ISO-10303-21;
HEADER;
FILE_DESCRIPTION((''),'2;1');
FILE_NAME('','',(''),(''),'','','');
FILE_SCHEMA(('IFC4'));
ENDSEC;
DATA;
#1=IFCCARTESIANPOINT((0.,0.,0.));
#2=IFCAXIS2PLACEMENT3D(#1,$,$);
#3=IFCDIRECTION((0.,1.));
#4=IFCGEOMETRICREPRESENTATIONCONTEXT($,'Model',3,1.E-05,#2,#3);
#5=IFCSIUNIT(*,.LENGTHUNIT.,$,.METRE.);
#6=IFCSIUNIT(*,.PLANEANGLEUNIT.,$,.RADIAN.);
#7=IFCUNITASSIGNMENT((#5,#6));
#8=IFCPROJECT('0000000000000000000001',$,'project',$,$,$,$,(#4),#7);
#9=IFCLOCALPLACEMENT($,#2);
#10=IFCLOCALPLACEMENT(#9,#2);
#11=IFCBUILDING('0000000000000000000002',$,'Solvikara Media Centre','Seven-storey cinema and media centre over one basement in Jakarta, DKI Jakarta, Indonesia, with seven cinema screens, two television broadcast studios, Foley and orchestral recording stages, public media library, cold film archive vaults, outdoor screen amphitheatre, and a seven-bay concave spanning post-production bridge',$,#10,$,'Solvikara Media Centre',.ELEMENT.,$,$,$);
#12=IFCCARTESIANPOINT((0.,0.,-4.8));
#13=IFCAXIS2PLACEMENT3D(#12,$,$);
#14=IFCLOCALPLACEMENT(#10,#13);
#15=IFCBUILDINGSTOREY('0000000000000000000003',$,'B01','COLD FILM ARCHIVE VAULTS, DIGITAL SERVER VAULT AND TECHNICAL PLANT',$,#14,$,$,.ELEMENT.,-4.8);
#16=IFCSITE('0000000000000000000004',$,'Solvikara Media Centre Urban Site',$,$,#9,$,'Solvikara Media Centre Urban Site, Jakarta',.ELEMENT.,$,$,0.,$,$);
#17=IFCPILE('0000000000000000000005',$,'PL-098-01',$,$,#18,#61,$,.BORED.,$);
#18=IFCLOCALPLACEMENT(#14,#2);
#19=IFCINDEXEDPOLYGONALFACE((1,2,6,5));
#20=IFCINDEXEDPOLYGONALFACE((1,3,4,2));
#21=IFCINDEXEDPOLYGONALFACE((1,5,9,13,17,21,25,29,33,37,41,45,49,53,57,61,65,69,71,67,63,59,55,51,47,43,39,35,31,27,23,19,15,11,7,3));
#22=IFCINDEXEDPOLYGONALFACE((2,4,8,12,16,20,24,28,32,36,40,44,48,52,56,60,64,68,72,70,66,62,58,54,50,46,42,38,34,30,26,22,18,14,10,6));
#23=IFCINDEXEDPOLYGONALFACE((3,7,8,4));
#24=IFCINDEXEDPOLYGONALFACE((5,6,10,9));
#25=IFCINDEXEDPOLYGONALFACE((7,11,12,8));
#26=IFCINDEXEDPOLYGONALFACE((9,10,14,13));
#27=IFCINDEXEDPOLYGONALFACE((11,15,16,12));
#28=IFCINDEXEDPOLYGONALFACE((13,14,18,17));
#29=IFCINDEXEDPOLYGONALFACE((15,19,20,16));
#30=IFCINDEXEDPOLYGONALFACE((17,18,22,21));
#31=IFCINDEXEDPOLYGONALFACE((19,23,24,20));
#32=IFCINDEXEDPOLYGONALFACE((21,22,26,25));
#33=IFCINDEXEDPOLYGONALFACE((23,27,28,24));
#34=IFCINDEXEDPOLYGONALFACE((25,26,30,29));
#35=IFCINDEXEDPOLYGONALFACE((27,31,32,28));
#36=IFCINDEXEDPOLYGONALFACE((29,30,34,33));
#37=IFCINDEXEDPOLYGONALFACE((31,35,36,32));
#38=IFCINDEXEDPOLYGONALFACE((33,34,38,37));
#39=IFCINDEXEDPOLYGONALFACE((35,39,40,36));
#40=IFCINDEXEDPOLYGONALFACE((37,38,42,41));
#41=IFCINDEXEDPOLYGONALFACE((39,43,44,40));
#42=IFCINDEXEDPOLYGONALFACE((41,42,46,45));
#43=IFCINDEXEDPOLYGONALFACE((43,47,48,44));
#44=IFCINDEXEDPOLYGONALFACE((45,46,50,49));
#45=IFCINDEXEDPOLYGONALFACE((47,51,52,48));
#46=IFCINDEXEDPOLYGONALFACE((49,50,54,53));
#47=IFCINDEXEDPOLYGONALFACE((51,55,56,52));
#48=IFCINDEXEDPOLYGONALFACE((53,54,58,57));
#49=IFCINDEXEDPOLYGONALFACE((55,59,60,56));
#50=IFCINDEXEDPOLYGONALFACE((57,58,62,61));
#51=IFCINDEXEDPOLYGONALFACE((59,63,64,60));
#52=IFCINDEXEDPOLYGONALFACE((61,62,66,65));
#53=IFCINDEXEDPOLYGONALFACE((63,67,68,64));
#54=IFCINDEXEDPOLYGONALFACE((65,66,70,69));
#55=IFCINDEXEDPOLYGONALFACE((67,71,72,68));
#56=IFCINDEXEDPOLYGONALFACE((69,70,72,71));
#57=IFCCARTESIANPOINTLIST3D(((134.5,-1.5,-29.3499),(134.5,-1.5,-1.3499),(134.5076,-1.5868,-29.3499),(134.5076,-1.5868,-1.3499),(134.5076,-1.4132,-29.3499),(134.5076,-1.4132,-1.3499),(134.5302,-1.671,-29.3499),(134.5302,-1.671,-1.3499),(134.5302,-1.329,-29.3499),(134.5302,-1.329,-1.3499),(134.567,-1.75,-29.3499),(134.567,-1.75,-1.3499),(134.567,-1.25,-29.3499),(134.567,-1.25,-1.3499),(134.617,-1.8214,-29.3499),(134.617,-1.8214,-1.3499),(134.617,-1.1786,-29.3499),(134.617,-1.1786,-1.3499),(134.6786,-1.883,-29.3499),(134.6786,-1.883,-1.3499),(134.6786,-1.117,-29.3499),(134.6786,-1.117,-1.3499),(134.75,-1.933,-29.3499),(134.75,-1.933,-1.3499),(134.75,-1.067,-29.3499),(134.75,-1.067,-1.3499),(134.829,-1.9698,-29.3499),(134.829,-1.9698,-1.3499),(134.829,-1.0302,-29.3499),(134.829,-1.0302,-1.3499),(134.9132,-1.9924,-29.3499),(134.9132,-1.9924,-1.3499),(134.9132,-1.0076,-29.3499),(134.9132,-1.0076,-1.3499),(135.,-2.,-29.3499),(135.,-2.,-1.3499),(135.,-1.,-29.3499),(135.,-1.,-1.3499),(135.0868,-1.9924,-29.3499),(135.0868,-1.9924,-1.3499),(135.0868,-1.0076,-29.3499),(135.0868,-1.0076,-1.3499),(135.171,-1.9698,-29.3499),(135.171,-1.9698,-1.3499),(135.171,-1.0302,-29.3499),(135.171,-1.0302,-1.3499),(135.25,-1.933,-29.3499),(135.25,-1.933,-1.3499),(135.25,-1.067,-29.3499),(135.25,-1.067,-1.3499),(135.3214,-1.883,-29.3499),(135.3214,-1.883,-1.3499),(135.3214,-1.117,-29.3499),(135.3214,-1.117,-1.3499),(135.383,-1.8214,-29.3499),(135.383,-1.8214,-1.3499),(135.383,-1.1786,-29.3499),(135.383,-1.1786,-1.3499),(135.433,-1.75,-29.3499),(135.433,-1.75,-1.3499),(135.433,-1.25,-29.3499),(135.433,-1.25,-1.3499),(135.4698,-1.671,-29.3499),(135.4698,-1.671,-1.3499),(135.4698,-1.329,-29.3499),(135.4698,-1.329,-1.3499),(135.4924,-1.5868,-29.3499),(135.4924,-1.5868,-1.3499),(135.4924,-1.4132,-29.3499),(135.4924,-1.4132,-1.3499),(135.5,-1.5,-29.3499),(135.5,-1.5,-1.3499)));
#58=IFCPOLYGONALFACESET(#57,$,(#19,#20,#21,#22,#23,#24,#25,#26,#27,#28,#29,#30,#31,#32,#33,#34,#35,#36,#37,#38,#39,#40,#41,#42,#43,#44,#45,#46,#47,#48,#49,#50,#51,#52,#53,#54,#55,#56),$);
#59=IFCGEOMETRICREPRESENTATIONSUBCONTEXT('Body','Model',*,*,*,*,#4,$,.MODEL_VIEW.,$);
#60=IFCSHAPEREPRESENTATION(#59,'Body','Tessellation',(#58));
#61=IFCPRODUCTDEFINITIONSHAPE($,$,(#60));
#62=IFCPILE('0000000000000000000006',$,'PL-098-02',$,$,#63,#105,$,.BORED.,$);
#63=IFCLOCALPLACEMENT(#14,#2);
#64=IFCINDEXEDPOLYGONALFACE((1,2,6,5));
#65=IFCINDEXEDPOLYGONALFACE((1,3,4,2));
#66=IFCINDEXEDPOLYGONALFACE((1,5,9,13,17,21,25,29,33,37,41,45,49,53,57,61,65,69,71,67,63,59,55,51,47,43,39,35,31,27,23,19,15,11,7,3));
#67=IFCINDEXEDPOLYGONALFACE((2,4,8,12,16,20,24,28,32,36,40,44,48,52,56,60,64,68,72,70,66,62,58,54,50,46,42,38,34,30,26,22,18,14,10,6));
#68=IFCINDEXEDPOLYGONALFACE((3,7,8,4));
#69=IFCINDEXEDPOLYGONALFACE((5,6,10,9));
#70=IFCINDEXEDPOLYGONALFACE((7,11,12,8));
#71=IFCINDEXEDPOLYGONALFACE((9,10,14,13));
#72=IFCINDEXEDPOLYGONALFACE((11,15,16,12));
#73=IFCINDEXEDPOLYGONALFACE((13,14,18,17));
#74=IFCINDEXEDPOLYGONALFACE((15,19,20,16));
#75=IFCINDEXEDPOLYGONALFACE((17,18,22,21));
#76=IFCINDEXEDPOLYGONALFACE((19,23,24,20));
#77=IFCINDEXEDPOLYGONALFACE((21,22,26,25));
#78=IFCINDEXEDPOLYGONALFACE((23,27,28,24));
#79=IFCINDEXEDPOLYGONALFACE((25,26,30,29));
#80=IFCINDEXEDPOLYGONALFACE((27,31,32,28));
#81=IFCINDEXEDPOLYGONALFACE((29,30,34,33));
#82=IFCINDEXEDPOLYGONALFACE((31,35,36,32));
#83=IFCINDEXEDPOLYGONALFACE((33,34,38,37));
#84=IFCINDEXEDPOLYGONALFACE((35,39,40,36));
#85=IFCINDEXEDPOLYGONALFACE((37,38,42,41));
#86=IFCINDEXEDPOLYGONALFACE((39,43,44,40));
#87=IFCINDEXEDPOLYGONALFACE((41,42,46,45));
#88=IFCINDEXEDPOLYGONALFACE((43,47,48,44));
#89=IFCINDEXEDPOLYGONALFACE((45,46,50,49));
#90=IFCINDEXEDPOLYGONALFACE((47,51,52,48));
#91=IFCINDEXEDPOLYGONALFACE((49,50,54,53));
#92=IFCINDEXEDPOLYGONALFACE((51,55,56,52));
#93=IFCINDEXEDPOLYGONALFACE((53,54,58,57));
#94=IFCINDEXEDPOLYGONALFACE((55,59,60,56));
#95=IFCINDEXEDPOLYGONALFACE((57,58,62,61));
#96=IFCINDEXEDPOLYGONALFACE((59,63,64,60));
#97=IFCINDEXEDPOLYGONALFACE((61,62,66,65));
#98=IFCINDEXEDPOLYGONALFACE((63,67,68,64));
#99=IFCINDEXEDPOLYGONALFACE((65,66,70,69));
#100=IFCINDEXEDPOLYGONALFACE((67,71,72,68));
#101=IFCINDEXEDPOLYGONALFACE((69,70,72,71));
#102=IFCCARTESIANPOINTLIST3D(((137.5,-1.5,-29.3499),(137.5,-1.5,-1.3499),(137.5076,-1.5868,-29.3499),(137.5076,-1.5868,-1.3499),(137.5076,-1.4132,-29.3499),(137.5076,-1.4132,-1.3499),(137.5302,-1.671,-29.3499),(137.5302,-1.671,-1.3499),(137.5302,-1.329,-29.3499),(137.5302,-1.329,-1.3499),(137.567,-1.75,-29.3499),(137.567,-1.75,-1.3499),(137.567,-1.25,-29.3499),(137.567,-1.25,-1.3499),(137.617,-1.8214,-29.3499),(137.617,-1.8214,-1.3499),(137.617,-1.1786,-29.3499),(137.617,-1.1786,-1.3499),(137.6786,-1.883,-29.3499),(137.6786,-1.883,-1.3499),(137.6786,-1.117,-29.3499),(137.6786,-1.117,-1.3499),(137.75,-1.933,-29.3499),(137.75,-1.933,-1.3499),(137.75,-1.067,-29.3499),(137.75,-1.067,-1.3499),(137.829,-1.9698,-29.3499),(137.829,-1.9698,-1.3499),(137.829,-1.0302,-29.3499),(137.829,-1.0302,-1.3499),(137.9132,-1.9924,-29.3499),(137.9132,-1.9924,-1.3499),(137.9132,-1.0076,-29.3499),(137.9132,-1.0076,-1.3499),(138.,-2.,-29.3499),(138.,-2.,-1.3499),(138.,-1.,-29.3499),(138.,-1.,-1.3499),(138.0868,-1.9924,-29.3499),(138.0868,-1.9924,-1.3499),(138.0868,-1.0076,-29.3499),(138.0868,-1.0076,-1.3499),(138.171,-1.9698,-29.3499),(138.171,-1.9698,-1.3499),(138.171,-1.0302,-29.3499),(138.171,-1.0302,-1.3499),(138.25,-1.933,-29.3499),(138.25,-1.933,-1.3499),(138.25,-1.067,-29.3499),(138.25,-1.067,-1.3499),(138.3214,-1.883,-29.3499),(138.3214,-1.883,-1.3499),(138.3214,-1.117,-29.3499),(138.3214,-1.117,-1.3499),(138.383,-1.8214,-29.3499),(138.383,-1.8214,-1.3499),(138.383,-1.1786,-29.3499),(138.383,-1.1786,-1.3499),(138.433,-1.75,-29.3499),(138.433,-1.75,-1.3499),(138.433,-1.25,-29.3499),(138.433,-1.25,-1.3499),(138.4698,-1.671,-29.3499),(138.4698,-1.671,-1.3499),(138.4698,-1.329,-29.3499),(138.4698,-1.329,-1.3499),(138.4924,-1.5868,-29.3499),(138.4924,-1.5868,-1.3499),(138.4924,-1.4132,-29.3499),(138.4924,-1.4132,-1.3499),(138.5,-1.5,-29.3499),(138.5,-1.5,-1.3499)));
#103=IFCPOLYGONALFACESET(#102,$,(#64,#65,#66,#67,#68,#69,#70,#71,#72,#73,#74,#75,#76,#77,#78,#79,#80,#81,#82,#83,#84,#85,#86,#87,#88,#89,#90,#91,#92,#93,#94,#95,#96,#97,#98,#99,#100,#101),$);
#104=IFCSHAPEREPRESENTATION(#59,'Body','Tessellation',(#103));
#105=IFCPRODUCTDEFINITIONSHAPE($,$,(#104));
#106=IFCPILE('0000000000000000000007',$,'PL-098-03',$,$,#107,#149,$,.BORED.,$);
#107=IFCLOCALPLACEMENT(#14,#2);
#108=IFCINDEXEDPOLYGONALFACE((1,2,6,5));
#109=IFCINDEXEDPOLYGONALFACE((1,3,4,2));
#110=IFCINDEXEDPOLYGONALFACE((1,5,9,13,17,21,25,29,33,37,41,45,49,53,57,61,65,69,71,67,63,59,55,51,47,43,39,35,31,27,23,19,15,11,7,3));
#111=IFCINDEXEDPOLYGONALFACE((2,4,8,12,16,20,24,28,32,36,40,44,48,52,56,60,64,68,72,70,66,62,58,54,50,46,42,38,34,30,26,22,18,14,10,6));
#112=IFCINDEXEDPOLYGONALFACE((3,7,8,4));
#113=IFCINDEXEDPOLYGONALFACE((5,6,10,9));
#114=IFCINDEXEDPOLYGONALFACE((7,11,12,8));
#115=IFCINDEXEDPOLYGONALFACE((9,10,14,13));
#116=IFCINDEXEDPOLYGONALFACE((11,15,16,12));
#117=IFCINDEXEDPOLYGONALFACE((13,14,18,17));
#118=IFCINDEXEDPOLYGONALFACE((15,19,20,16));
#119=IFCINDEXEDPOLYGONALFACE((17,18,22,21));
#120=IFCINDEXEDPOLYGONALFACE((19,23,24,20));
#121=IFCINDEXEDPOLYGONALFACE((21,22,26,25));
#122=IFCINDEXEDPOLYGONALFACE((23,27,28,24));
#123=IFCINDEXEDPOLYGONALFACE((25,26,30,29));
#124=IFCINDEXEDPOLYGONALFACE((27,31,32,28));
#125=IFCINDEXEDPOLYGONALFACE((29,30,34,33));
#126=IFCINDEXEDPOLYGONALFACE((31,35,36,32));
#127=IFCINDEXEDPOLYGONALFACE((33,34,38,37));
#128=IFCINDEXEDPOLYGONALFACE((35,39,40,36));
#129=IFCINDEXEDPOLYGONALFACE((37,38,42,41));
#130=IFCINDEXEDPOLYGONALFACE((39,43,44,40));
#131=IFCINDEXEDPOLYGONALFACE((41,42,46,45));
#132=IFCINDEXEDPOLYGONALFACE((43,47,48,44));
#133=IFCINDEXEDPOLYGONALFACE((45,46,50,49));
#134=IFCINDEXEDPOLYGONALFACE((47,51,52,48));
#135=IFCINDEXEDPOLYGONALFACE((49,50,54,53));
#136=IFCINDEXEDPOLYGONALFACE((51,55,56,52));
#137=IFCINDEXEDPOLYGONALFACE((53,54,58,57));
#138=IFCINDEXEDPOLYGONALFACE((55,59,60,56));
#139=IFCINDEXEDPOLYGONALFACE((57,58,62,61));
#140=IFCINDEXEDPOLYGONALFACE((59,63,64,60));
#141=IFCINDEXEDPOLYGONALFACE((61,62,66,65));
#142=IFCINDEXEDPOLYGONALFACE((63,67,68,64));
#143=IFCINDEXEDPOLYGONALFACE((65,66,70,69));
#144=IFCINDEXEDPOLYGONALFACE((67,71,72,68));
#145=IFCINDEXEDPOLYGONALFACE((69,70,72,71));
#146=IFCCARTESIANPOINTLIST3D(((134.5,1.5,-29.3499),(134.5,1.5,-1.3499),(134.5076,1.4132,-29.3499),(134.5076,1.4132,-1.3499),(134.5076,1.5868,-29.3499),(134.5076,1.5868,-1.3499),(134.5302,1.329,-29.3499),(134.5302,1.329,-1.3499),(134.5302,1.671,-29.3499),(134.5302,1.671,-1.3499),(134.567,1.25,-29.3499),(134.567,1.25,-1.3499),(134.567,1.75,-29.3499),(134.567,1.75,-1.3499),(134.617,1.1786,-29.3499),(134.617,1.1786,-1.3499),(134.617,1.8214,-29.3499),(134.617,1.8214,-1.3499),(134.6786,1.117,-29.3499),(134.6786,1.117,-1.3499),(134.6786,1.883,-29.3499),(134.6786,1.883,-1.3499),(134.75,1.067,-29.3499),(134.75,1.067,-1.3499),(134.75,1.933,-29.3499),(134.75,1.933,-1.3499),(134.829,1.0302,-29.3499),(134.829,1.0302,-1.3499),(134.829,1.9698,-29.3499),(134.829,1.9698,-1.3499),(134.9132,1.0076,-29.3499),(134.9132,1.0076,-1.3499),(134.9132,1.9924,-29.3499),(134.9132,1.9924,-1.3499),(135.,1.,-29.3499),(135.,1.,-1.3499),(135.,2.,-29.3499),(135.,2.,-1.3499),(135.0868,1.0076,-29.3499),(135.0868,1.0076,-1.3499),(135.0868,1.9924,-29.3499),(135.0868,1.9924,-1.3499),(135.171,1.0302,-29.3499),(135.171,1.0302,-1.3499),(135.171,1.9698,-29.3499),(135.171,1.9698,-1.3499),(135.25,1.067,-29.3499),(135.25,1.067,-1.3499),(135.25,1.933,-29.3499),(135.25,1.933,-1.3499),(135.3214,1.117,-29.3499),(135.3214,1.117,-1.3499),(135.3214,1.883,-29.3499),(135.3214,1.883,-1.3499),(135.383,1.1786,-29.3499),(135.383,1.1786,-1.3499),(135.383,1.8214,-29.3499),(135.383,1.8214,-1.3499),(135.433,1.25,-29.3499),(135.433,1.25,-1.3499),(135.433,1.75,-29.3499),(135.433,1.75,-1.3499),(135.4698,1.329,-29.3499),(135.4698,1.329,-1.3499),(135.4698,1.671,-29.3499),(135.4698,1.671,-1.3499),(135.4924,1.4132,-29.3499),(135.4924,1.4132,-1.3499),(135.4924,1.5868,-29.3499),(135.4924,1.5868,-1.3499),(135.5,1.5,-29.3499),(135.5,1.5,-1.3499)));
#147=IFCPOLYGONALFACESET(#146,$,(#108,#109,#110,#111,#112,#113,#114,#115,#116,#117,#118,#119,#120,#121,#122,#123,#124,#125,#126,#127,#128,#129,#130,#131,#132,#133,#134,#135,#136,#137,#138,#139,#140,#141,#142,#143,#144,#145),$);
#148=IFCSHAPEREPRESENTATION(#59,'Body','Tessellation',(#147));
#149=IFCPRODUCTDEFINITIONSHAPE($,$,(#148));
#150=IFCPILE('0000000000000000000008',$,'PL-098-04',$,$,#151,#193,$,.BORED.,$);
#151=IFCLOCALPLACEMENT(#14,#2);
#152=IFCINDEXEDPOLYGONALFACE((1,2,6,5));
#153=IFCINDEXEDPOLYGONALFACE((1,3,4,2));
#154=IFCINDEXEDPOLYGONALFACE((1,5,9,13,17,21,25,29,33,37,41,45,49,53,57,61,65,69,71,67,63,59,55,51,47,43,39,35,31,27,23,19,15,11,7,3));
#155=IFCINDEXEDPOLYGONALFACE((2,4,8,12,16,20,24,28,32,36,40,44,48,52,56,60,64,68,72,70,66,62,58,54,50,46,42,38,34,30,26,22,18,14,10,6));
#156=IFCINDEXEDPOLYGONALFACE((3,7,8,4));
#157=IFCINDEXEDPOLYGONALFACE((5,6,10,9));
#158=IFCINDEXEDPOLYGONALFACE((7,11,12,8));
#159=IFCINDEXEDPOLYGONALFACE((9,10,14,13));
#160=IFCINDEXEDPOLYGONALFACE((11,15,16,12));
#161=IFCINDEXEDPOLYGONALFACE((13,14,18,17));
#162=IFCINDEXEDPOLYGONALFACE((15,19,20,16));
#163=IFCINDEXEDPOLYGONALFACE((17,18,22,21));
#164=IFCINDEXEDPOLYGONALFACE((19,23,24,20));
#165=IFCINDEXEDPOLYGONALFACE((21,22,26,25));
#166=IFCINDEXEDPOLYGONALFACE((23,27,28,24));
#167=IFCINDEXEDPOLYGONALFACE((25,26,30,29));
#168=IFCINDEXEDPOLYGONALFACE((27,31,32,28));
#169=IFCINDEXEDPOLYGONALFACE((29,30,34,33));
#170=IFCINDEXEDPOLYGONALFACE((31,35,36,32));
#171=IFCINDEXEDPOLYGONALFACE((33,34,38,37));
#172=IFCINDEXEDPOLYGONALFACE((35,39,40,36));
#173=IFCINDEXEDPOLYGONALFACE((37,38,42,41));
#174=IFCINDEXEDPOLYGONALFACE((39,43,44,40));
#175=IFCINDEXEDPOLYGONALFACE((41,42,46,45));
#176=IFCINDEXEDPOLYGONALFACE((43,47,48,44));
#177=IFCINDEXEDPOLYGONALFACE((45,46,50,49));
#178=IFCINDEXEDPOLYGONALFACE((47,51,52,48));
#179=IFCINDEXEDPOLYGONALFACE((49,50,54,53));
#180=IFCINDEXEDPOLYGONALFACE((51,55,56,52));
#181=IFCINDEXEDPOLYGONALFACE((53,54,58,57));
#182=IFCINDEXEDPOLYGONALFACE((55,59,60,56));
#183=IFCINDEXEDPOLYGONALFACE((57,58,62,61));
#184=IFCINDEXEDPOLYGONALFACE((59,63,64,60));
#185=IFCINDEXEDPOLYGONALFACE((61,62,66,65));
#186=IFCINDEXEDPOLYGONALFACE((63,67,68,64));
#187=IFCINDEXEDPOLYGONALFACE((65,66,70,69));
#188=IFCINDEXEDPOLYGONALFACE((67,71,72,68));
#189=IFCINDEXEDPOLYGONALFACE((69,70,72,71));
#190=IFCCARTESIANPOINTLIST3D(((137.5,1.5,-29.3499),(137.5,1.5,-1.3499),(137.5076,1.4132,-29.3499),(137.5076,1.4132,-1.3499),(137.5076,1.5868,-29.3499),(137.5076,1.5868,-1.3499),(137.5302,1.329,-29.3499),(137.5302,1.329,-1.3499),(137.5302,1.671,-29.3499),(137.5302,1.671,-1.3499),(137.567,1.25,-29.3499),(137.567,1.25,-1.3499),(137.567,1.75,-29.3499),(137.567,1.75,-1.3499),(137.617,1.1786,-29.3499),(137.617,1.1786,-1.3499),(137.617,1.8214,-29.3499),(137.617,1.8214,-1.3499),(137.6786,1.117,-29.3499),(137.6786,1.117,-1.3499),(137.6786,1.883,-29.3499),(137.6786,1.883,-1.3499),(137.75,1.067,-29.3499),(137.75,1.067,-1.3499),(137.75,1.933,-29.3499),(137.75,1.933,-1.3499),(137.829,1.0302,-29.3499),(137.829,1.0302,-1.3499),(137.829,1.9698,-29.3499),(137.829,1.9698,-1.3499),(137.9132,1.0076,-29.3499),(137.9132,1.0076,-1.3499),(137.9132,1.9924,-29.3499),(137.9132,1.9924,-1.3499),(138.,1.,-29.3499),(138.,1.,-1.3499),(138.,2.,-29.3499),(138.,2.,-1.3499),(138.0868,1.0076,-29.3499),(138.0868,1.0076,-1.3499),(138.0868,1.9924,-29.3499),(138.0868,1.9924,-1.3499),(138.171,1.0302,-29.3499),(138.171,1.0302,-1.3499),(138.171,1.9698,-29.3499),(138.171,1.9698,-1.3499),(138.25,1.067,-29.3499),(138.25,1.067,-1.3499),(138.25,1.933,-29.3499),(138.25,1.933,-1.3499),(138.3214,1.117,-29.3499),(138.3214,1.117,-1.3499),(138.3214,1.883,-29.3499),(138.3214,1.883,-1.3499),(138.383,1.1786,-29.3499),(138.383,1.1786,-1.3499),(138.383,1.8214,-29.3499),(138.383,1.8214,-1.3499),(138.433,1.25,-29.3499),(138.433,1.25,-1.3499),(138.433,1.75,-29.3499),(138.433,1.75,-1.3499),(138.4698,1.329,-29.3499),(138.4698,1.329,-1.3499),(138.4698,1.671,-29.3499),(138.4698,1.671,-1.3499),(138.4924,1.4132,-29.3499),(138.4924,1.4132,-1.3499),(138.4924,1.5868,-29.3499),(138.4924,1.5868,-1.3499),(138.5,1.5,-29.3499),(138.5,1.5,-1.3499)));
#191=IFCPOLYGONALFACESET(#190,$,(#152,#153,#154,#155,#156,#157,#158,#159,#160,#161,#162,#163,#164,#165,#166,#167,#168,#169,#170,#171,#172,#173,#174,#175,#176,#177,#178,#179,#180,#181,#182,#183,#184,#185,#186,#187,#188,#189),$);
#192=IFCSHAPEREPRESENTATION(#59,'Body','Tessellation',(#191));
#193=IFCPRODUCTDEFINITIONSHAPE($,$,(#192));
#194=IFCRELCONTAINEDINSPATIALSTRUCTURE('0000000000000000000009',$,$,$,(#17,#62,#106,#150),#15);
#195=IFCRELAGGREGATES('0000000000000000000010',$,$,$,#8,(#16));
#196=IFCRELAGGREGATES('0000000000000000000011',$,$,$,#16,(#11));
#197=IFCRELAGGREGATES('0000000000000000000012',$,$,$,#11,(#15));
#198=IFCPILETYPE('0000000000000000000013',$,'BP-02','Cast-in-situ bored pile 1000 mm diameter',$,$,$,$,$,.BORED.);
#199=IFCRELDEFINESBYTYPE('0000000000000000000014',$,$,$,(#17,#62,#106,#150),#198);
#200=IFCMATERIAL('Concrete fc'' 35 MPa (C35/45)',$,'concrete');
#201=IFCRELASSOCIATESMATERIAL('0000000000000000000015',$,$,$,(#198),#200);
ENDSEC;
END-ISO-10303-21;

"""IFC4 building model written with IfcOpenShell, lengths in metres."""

from ifc_helpers import new_model, si_unit, direction, frame, origin, origin_2d, place, context, subcontext, project, spatial, circle, extrude, material, material_profile, profile_set, type_object, element, save


model = new_model("IFC4")

# Units and contexts
model_context = context("Model", 3, precision=1e-05, world=origin(), true_north=direction((0.0, 1.0)))
body_context = subcontext(model_context, "Body", "Model", "MODEL_VIEW")
ifc_project = project(units=[si_unit("LENGTHUNIT", "METRE"), si_unit("PLANEANGLEUNIT", "RADIAN")], contexts=[model_context])

# Site, building, storey
site_placement = place(None, origin())
site = spatial("IfcSite", under=ifc_project, at=site_placement, Name="Solvikara Media Centre Urban Site", LongName="Solvikara Media Centre Urban Site, Jakarta", CompositionType="ELEMENT", RefElevation=0.0)
building_placement = place(site_placement, origin())
building = spatial("IfcBuilding", under=site, at=building_placement, Name="Solvikara Media Centre", Description="Seven-storey cinema and media centre over one basement in Jakarta, DKI Jakarta, Indonesia, with seven cinema screens, two television broadcast studios, Foley and orchestral recording stages, public media library, cold film archive vaults, outdoor screen amphitheatre, and a seven-bay concave spanning post-production bridge", LongName="Solvikara Media Centre", CompositionType="ELEMENT")
storey_placement = place(building_placement, frame((0.0, 0.0, -4.8)))
storey = spatial("IfcBuildingStorey", under=building, at=storey_placement, Name="B01", Description="COLD FILM ARCHIVE VAULTS, DIGITAL SERVER VAULT AND TECHNICAL PLANT", CompositionType="ELEMENT", Elevation=-4.8)

# Piles
ifc_material_1 = material(Name="Concrete fc' 35 MPa (C35/45)", Category="concrete")
ifc_material_profile_1 = material_profile(ifc_material_1, circle(Radius=0.5, at=origin_2d()), Name="BORED PILE D1000")
ifc_profile_set_1 = profile_set([ifc_material_profile_1], Name="Concrete fc' 35 MPa (C35/45)")
pile_type = type_object("IfcPileType", Name="BP-02", Description="Cast-in-situ bored pile 1000 mm diameter", PredefinedType="BORED", material=ifc_profile_set_1)
for number, where, z_axis, x_axis, name in (
    (1, (135.0, -1.5, -1.3499), (0.0, 0.0, -1.0), (1.0, 0.0, 0.0), "PL-098-01"),
    (2, (138.0, -1.5, -1.3499), (0.0, 0.0, -1.0), (1.0, 0.0, 0.0), "PL-098-02"),
    (3, (135.0, 1.5, -1.3499), (0.0, 0.0, -1.0), (1.0, 0.0, 0.0), "PL-098-03"),
    (4, (138.0, 1.5, -1.3499), (0.0, 0.0, -1.0), (1.0, 0.0, 0.0), "PL-098-04"),
):
    element("IfcPile", number, at=place(storey_placement, frame(where, z_axis=z_axis, x_axis=x_axis)), inside=storey, type_object=pile_type, Name=name, PredefinedType="BORED", context=body_context, shape_type="SweptSolid", body=[
        extrude(circle(Radius=0.5, at=origin_2d()), origin(), (0.0, 0.0, 1.0), 28.0),
    ])

save(model, "model.ifc")
